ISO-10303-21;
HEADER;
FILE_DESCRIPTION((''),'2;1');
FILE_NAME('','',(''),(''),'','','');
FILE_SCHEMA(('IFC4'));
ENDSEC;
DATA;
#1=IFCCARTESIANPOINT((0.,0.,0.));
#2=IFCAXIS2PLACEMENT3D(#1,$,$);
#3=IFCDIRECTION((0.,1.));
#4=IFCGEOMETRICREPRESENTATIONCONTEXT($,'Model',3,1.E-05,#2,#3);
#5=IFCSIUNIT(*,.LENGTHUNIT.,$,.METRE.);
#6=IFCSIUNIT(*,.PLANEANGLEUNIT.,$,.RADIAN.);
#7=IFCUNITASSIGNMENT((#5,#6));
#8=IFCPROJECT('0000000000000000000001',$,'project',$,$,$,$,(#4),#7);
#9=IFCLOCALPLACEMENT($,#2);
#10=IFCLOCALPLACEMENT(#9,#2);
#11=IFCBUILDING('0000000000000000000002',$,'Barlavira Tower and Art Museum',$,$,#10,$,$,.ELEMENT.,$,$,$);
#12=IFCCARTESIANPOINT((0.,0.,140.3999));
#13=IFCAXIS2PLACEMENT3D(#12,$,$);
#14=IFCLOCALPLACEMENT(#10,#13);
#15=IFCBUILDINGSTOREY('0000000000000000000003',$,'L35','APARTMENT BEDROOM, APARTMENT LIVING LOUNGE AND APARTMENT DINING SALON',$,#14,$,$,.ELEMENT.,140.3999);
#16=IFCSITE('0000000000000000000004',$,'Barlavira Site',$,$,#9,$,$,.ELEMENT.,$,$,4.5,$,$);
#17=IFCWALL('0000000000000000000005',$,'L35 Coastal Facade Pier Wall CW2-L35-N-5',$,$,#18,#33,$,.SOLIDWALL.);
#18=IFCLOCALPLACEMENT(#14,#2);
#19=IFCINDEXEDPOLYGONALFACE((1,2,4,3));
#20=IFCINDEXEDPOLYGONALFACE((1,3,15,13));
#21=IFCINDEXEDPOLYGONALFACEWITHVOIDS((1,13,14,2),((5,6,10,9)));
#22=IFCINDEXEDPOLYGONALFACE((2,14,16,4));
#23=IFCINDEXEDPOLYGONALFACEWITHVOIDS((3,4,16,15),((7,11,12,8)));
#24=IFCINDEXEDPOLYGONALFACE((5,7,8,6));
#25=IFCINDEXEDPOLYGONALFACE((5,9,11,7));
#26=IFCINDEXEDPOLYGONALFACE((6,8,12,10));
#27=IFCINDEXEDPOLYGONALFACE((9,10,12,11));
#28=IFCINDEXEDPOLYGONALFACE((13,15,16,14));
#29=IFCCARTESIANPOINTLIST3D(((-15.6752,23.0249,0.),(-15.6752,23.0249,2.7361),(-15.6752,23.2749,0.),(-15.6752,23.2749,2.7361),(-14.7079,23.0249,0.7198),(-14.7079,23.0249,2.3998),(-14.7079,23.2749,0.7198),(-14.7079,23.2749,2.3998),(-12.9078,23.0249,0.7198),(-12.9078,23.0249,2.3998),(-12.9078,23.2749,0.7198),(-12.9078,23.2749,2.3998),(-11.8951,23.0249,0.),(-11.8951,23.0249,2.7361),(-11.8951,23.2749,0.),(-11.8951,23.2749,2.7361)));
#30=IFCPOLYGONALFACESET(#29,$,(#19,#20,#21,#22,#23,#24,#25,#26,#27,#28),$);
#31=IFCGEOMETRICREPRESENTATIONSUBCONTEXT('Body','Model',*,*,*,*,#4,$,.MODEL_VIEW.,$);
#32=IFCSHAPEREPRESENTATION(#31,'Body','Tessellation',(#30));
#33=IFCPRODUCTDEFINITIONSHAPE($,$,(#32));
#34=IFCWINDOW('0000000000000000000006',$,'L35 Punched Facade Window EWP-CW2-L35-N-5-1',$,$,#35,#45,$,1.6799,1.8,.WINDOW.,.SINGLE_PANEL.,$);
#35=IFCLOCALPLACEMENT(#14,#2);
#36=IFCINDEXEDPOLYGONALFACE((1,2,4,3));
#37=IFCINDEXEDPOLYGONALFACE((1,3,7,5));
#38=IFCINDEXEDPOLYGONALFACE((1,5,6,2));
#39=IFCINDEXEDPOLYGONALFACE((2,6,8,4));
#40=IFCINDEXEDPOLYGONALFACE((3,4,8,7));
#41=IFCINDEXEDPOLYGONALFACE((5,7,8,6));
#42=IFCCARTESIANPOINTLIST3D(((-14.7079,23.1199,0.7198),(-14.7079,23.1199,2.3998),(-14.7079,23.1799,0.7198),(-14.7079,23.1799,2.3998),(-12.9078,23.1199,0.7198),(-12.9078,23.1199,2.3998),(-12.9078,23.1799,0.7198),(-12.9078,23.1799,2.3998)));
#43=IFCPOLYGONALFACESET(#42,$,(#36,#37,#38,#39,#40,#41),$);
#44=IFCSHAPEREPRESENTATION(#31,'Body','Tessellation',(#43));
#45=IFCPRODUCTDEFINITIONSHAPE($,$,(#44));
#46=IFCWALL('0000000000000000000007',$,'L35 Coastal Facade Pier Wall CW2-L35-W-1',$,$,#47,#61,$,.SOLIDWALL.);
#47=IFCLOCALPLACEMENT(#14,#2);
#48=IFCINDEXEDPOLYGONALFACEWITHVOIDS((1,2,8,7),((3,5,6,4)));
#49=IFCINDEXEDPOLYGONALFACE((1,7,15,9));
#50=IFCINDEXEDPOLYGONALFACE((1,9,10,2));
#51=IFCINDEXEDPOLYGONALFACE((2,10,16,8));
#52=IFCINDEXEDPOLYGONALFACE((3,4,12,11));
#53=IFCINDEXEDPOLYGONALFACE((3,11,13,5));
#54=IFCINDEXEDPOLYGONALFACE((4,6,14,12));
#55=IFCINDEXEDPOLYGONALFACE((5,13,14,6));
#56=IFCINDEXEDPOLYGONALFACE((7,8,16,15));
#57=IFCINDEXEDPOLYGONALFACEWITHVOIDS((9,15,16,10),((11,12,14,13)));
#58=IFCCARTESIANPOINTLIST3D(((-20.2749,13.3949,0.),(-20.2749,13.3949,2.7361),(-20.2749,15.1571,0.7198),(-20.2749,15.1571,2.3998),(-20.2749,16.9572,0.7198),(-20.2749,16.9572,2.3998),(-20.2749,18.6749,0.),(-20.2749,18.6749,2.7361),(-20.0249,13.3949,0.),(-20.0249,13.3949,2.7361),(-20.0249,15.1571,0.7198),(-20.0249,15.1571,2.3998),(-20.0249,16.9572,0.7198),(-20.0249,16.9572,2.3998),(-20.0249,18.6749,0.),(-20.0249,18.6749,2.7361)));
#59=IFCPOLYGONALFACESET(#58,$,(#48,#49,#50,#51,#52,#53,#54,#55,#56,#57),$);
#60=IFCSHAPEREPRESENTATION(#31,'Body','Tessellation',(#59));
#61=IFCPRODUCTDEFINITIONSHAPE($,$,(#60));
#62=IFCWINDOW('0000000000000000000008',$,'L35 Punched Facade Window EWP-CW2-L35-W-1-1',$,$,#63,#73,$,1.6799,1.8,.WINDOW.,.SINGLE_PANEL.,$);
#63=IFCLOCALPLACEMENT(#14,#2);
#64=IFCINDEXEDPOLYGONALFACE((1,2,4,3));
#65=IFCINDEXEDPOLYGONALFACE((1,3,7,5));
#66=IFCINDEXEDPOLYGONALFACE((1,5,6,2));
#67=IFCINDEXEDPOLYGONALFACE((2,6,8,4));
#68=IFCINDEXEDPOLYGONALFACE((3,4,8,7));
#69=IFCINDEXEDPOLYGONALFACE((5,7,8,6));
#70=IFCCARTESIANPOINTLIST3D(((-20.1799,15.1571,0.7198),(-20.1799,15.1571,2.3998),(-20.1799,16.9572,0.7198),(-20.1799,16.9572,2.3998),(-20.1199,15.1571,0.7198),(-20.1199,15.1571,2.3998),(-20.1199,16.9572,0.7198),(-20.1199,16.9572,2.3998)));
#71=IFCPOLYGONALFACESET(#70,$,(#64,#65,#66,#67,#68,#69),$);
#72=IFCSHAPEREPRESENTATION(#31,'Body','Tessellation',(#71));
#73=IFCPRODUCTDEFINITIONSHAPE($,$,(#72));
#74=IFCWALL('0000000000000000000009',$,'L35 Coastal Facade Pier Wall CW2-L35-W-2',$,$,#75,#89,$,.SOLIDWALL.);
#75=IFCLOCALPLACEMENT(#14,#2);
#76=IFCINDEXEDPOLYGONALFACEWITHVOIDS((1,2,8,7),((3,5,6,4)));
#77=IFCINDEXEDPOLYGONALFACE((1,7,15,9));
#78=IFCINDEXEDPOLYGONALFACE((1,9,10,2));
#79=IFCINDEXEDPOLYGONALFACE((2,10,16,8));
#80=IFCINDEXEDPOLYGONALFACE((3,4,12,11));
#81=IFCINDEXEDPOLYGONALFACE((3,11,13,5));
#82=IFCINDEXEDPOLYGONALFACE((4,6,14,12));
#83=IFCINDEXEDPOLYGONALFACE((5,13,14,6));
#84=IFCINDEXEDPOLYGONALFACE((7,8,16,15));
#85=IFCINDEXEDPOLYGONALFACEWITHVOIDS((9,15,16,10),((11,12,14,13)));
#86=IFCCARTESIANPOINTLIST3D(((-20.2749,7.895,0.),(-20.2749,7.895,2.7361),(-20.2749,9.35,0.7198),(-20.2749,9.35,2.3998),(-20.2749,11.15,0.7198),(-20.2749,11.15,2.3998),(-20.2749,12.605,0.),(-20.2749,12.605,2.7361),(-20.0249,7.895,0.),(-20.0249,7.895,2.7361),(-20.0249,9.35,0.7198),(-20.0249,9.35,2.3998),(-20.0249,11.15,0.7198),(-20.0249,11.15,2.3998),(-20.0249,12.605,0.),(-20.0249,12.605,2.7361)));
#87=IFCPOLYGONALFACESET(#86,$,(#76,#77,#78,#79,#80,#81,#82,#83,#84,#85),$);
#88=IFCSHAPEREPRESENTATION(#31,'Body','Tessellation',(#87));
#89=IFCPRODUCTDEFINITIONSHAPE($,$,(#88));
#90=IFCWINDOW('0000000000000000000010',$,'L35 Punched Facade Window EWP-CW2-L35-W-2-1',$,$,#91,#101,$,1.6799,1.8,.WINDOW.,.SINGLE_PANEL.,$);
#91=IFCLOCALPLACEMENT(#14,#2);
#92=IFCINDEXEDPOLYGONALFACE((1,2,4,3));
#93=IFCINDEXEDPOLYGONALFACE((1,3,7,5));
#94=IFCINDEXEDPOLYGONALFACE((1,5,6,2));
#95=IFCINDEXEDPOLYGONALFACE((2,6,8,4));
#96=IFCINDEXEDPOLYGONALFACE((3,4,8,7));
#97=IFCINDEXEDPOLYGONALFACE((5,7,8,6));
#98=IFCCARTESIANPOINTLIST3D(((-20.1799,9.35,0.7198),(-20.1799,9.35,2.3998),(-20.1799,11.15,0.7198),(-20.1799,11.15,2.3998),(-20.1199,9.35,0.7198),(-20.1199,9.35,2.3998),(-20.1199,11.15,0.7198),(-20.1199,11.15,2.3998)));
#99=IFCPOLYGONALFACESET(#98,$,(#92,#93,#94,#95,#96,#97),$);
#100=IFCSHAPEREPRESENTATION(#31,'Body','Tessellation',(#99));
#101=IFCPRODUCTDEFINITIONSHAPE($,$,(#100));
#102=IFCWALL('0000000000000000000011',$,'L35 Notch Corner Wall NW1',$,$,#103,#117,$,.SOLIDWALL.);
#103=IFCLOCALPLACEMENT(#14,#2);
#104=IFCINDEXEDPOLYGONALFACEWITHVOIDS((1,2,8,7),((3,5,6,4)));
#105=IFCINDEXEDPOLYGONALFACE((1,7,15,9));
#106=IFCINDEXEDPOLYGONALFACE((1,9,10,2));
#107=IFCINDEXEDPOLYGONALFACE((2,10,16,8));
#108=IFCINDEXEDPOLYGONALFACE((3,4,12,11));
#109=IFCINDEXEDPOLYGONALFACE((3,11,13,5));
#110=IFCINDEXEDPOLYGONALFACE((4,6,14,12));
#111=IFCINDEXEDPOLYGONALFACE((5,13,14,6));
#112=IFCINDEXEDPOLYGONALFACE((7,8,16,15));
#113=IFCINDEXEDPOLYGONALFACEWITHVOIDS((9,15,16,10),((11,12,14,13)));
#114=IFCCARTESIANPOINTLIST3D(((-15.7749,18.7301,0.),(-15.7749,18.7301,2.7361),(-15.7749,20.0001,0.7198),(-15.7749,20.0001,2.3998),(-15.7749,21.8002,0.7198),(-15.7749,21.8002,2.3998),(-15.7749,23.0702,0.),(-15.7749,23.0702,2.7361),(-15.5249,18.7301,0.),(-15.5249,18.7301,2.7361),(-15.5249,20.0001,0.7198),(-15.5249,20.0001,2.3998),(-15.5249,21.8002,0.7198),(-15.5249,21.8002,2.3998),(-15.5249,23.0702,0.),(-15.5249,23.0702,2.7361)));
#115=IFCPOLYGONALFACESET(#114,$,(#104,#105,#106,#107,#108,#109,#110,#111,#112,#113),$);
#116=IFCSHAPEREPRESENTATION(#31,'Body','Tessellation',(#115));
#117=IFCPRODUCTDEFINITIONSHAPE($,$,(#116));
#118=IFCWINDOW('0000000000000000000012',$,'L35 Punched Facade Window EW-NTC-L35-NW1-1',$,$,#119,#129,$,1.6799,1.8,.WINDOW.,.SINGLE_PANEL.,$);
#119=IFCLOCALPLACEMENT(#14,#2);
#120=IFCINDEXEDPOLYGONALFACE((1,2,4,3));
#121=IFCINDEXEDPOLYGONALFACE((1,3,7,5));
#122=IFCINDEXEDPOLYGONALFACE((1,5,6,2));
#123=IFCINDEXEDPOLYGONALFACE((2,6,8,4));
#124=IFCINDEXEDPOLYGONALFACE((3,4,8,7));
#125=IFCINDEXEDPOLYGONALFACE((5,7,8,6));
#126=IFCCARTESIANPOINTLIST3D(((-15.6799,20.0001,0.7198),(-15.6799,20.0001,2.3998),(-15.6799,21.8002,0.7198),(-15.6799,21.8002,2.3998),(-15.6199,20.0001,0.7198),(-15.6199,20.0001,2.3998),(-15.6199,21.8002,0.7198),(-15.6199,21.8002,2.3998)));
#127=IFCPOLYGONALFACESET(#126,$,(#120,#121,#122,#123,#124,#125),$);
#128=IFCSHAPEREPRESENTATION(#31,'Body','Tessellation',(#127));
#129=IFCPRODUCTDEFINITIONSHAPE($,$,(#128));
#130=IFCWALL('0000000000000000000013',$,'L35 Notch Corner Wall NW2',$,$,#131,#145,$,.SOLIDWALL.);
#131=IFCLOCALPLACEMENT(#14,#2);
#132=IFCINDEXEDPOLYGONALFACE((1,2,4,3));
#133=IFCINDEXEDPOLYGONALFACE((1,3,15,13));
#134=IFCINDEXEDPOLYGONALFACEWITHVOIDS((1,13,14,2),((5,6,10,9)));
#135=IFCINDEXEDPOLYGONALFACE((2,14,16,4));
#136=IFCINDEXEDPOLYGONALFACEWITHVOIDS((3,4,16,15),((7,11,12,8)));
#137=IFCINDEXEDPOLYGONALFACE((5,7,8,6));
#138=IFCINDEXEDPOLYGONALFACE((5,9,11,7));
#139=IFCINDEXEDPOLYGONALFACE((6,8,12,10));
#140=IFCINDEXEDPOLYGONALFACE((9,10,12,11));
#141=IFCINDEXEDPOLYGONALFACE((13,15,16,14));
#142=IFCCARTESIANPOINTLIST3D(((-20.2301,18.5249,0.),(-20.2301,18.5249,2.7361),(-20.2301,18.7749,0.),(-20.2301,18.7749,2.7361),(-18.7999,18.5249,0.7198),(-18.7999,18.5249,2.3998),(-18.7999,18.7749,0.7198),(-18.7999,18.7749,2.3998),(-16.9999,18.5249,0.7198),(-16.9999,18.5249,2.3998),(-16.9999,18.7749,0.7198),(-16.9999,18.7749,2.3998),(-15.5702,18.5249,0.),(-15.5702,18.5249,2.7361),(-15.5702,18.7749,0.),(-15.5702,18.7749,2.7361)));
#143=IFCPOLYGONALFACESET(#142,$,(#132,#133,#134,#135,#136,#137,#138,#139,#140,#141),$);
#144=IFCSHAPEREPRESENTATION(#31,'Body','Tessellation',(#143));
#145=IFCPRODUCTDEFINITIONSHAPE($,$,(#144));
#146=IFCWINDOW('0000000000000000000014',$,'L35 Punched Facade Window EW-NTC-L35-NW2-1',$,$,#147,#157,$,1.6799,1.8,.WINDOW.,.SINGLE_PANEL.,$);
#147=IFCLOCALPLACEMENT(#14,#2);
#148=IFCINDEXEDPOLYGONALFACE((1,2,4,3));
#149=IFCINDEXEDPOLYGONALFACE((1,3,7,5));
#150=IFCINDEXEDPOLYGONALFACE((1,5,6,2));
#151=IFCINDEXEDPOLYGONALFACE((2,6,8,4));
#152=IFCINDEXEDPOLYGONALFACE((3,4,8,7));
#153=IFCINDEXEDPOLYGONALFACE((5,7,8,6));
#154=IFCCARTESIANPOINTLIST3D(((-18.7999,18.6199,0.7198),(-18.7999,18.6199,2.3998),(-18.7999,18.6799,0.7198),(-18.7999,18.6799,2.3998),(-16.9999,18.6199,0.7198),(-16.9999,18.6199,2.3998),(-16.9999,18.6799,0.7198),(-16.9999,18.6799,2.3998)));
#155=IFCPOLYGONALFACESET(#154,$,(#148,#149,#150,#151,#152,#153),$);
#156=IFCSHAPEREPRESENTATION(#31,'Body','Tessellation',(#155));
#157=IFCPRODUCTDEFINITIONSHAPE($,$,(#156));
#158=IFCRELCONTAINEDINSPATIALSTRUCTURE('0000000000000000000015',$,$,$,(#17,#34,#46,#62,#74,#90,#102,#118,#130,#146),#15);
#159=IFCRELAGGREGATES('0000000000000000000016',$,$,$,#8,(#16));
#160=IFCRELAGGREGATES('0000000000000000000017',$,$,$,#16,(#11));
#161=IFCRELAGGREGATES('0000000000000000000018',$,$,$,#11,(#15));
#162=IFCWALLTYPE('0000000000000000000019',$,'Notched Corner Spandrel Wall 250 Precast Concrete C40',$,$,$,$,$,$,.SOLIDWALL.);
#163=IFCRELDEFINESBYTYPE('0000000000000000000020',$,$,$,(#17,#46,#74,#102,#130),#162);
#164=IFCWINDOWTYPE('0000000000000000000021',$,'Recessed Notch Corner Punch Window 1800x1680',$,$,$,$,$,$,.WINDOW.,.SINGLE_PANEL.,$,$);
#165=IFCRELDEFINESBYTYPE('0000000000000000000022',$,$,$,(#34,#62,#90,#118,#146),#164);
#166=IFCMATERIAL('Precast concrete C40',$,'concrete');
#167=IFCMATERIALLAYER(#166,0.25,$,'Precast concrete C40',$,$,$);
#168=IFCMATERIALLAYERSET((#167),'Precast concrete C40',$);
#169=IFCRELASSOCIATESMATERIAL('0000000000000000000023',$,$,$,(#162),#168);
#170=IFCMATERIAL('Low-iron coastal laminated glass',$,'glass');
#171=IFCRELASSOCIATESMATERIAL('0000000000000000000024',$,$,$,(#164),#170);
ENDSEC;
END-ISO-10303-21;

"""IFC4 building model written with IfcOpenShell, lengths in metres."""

from ifc_helpers import new_model, si_unit, direction, frame, frame_2d, origin, place, context, subcontext, project, spatial, rectangle, extrude, material, layer, layer_set, type_object, element, fill, save


model = new_model("IFC4")

# Units and contexts
model_context = context("Model", 3, precision=1e-05, world=origin(), true_north=direction((0.0, 1.0)))
body_context = subcontext(model_context, "Body", "Model", "MODEL_VIEW")
ifc_project = project(units=[si_unit("LENGTHUNIT", "METRE"), si_unit("PLANEANGLEUNIT", "RADIAN")], contexts=[model_context])

# Site, building, storey
site_placement = place(None, origin())
site = spatial("IfcSite", under=ifc_project, at=site_placement, Name="Barlavira Site", CompositionType="ELEMENT", RefElevation=4.5)
building_placement = place(site_placement, origin())
building = spatial("IfcBuilding", under=site, at=building_placement, Name="Barlavira Tower and Art Museum", CompositionType="ELEMENT")
storey_placement = place(building_placement, frame((0.0, 0.0, 140.3999)))
storey = spatial("IfcBuildingStorey", under=building, at=storey_placement, Name="L35", Description="APARTMENT BEDROOM, APARTMENT LIVING LOUNGE AND APARTMENT DINING SALON", CompositionType="ELEMENT", Elevation=140.3999)

# Walls, openings, windows
ifc_material_1 = material(Name="Precast concrete C40", Category="concrete")
ifc_layer_1 = layer(ifc_material_1, 0.25, Name="Precast concrete C40")
ifc_layer_set_1 = layer_set([ifc_layer_1], Name="Precast concrete C40")
wall_type_1 = type_object("IfcWallType", Name="Notched Corner Spandrel Wall 250 Precast Concrete C40", PredefinedType="SOLIDWALL", material=ifc_layer_set_1)
wall_1_placement = place(storey_placement, frame((-11.895, 23.1499, 0.0), z_axis=(0.0, 0.0, 1.0), x_axis=(-1.0, 0.0, 0.0)))
wall_1 = element("IfcWall", 1, at=wall_1_placement, inside=storey, type_object=wall_type_1, Name="L35 Coastal Facade Pier Wall CW2-L35-N-5", PredefinedType="SOLIDWALL", context=body_context, shape_type="SweptSolid", body=[
    extrude(rectangle(XDim=3.78, YDim=0.25, at=frame_2d((1.8901, 0.0))), origin(), (0.0, 0.0, 1.0), 2.7361),
])
opening_1_placement = place(wall_1_placement, frame((1.0129, 0.0, 0.72)))
opening_1 = element("IfcOpeningElement", 2, at=opening_1_placement, cuts=wall_1, PredefinedType="OPENING", context=body_context, shape_type="SweptSolid", body=[
    extrude(rectangle(XDim=1.8, YDim=1.6799, at=frame_2d((0.8999, 0.8398))), frame((0.0, 0.135, 0.0), z_axis=(0.0, -1.0, 0.0), x_axis=(1.0, 0.0, 0.0)), (0.0, 0.0, 1.0), 0.27),
])
ifc_material_2 = material(Name="Low-iron coastal laminated glass", Category="glass")
window_type = type_object("IfcWindowType", Name="Recessed Notch Corner Punch Window 1800x1680", PartitioningType="SINGLE_PANEL", PredefinedType="WINDOW", material=ifc_material_2)
window_1_placement = place(opening_1_placement, origin())
window_1 = element("IfcWindow", 3, at=window_1_placement, inside=storey, type_object=window_type, Name="L35 Punched Facade Window EWP-CW2-L35-N-5-1", OverallHeight=1.6799, OverallWidth=1.8, PartitioningType="SINGLE_PANEL", PredefinedType="WINDOW", context=body_context, shape_type="SweptSolid", body=[
    extrude(rectangle(XDim=1.8, YDim=1.6799, at=frame_2d((0.8999, 0.8398))), frame((0.0, 0.03, 0.0), z_axis=(0.0, -1.0, 0.0), x_axis=(1.0, 0.0, 0.0)), (0.0, 0.0, 1.0), 0.0601),
])
fill(opening_1, window_1)
wall_2_placement = place(storey_placement, frame((-20.1499, 18.675, 0.0), z_axis=(0.0, 0.0, 1.0), x_axis=(0.0, -1.0, 0.0)))
wall_2 = element("IfcWall", 4, at=wall_2_placement, inside=storey, type_object=wall_type_1, Name="L35 Coastal Facade Pier Wall CW2-L35-W-1", PredefinedType="SOLIDWALL", context=body_context, shape_type="SweptSolid", body=[
    extrude(rectangle(XDim=5.28, YDim=0.25, at=frame_2d((2.6401, 0.0))), origin(), (0.0, 0.0, 1.0), 2.7361),
])
opening_2_placement = place(wall_2_placement, frame((1.718, 0.0, 0.72)))
opening_2 = element("IfcOpeningElement", 5, at=opening_2_placement, cuts=wall_2, PredefinedType="OPENING", context=body_context, shape_type="SweptSolid", body=[
    extrude(rectangle(XDim=1.8, YDim=1.6799, at=frame_2d((0.8999, 0.8398))), frame((0.0, 0.135, 0.0), z_axis=(0.0, -1.0, 0.0), x_axis=(1.0, 0.0, 0.0)), (0.0, 0.0, 1.0), 0.27),
])
window_2_placement = place(opening_2_placement, origin())
window_2 = element("IfcWindow", 6, at=window_2_placement, inside=storey, type_object=window_type, Name="L35 Punched Facade Window EWP-CW2-L35-W-1-1", OverallHeight=1.6799, OverallWidth=1.8, PartitioningType="SINGLE_PANEL", PredefinedType="WINDOW", context=body_context, shape_type="SweptSolid", body=[
    extrude(rectangle(XDim=1.8, YDim=1.6799, at=frame_2d((0.8999, 0.8398))), frame((0.0, 0.03, 0.0), z_axis=(0.0, -1.0, 0.0), x_axis=(1.0, 0.0, 0.0)), (0.0, 0.0, 1.0), 0.0601),
])
fill(opening_2, window_2)
wall_3_placement = place(storey_placement, frame((-20.1499, 12.605, 0.0), z_axis=(0.0, 0.0, 1.0), x_axis=(0.0, -1.0, 0.0)))
wall_3 = element("IfcWall", 7, at=wall_3_placement, inside=storey, type_object=wall_type_1, Name="L35 Coastal Facade Pier Wall CW2-L35-W-2", PredefinedType="SOLIDWALL", context=body_context, shape_type="SweptSolid", body=[
    extrude(rectangle(XDim=4.71, YDim=0.25, at=frame_2d((2.355, 0.0))), origin(), (0.0, 0.0, 1.0), 2.7361),
])
opening_3_placement = place(wall_3_placement, frame((1.4551, 0.0, 0.72)))
opening_3 = element("IfcOpeningElement", 8, at=opening_3_placement, cuts=wall_3, PredefinedType="OPENING", context=body_context, shape_type="SweptSolid", body=[
    extrude(rectangle(XDim=1.8, YDim=1.6799, at=frame_2d((0.8999, 0.8398))), frame((0.0, 0.135, 0.0), z_axis=(0.0, -1.0, 0.0), x_axis=(1.0, 0.0, 0.0)), (0.0, 0.0, 1.0), 0.27),
])
window_3_placement = place(opening_3_placement, origin())
window_3 = element("IfcWindow", 9, at=window_3_placement, inside=storey, type_object=window_type, Name="L35 Punched Facade Window EWP-CW2-L35-W-2-1", OverallHeight=1.6799, OverallWidth=1.8, PartitioningType="SINGLE_PANEL", PredefinedType="WINDOW", context=body_context, shape_type="SweptSolid", body=[
    extrude(rectangle(XDim=1.8, YDim=1.6799, at=frame_2d((0.8999, 0.8398))), frame((0.0, 0.03, 0.0), z_axis=(0.0, -1.0, 0.0), x_axis=(1.0, 0.0, 0.0)), (0.0, 0.0, 1.0), 0.0601),
])
fill(opening_3, window_3)
wall_4_placement = place(storey_placement, frame((-15.6499, 23.0701, 0.0), z_axis=(0.0, 0.0, 1.0), x_axis=(0.0, -1.0, 0.0)))
wall_4 = element("IfcWall", 10, at=wall_4_placement, inside=storey, type_object=wall_type_1, Name="L35 Notch Corner Wall NW1", PredefinedType="SOLIDWALL", context=body_context, shape_type="SweptSolid", body=[
    extrude(rectangle(XDim=4.3401, YDim=0.25, at=frame_2d((2.1699, 0.0))), origin(), (0.0, 0.0, 1.0), 2.7361),
])
opening_4_placement = place(wall_4_placement, frame((1.27, 0.0, 0.72)))
opening_4 = element("IfcOpeningElement", 11, at=opening_4_placement, cuts=wall_4, PredefinedType="OPENING", context=body_context, shape_type="SweptSolid", body=[
    extrude(rectangle(XDim=1.8, YDim=1.6799, at=frame_2d((0.8999, 0.8398))), frame((0.0, 0.135, 0.0), z_axis=(0.0, -1.0, 0.0), x_axis=(1.0, 0.0, 0.0)), (0.0, 0.0, 1.0), 0.27),
])
window_4_placement = place(opening_4_placement, origin())
window_4 = element("IfcWindow", 12, at=window_4_placement, inside=storey, type_object=window_type, Name="L35 Punched Facade Window EW-NTC-L35-NW1-1", OverallHeight=1.6799, OverallWidth=1.8, PartitioningType="SINGLE_PANEL", PredefinedType="WINDOW", context=body_context, shape_type="SweptSolid", body=[
    extrude(rectangle(XDim=1.8, YDim=1.6799, at=frame_2d((0.8999, 0.8398))), frame((0.0, 0.03, 0.0), z_axis=(0.0, -1.0, 0.0), x_axis=(1.0, 0.0, 0.0)), (0.0, 0.0, 1.0), 0.0601),
])
fill(opening_4, window_4)
wall_5_placement = place(storey_placement, frame((-15.5701, 18.6499, 0.0), z_axis=(0.0, 0.0, 1.0), x_axis=(-1.0, 0.0, 0.0)))
wall_5 = element("IfcWall", 13, at=wall_5_placement, inside=storey, type_object=wall_type_1, Name="L35 Notch Corner Wall NW2", PredefinedType="SOLIDWALL", context=body_context, shape_type="SweptSolid", body=[
    extrude(rectangle(XDim=4.6599, YDim=0.25, at=frame_2d((2.3301, 0.0))), origin(), (0.0, 0.0, 1.0), 2.7361),
])
opening_5_placement = place(wall_5_placement, frame((1.4299, 0.0, 0.72)))
opening_5 = element("IfcOpeningElement", 14, at=opening_5_placement, cuts=wall_5, PredefinedType="OPENING", context=body_context, shape_type="SweptSolid", body=[
    extrude(rectangle(XDim=1.8, YDim=1.6799, at=frame_2d((0.8999, 0.8398))), frame((0.0, 0.135, 0.0), z_axis=(0.0, -1.0, 0.0), x_axis=(1.0, 0.0, 0.0)), (0.0, 0.0, 1.0), 0.27),
])
window_5_placement = place(opening_5_placement, origin())
window_5 = element("IfcWindow", 15, at=window_5_placement, inside=storey, type_object=window_type, Name="L35 Punched Facade Window EW-NTC-L35-NW2-1", OverallHeight=1.6799, OverallWidth=1.8, PartitioningType="SINGLE_PANEL", PredefinedType="WINDOW", context=body_context, shape_type="SweptSolid", body=[
    extrude(rectangle(XDim=1.8, YDim=1.6799, at=frame_2d((0.8999, 0.8398))), frame((0.0, 0.03, 0.0), z_axis=(0.0, -1.0, 0.0), x_axis=(1.0, 0.0, 0.0)), (0.0, 0.0, 1.0), 0.0601),
])
fill(opening_5, window_5)

save(model, "model.ifc")
